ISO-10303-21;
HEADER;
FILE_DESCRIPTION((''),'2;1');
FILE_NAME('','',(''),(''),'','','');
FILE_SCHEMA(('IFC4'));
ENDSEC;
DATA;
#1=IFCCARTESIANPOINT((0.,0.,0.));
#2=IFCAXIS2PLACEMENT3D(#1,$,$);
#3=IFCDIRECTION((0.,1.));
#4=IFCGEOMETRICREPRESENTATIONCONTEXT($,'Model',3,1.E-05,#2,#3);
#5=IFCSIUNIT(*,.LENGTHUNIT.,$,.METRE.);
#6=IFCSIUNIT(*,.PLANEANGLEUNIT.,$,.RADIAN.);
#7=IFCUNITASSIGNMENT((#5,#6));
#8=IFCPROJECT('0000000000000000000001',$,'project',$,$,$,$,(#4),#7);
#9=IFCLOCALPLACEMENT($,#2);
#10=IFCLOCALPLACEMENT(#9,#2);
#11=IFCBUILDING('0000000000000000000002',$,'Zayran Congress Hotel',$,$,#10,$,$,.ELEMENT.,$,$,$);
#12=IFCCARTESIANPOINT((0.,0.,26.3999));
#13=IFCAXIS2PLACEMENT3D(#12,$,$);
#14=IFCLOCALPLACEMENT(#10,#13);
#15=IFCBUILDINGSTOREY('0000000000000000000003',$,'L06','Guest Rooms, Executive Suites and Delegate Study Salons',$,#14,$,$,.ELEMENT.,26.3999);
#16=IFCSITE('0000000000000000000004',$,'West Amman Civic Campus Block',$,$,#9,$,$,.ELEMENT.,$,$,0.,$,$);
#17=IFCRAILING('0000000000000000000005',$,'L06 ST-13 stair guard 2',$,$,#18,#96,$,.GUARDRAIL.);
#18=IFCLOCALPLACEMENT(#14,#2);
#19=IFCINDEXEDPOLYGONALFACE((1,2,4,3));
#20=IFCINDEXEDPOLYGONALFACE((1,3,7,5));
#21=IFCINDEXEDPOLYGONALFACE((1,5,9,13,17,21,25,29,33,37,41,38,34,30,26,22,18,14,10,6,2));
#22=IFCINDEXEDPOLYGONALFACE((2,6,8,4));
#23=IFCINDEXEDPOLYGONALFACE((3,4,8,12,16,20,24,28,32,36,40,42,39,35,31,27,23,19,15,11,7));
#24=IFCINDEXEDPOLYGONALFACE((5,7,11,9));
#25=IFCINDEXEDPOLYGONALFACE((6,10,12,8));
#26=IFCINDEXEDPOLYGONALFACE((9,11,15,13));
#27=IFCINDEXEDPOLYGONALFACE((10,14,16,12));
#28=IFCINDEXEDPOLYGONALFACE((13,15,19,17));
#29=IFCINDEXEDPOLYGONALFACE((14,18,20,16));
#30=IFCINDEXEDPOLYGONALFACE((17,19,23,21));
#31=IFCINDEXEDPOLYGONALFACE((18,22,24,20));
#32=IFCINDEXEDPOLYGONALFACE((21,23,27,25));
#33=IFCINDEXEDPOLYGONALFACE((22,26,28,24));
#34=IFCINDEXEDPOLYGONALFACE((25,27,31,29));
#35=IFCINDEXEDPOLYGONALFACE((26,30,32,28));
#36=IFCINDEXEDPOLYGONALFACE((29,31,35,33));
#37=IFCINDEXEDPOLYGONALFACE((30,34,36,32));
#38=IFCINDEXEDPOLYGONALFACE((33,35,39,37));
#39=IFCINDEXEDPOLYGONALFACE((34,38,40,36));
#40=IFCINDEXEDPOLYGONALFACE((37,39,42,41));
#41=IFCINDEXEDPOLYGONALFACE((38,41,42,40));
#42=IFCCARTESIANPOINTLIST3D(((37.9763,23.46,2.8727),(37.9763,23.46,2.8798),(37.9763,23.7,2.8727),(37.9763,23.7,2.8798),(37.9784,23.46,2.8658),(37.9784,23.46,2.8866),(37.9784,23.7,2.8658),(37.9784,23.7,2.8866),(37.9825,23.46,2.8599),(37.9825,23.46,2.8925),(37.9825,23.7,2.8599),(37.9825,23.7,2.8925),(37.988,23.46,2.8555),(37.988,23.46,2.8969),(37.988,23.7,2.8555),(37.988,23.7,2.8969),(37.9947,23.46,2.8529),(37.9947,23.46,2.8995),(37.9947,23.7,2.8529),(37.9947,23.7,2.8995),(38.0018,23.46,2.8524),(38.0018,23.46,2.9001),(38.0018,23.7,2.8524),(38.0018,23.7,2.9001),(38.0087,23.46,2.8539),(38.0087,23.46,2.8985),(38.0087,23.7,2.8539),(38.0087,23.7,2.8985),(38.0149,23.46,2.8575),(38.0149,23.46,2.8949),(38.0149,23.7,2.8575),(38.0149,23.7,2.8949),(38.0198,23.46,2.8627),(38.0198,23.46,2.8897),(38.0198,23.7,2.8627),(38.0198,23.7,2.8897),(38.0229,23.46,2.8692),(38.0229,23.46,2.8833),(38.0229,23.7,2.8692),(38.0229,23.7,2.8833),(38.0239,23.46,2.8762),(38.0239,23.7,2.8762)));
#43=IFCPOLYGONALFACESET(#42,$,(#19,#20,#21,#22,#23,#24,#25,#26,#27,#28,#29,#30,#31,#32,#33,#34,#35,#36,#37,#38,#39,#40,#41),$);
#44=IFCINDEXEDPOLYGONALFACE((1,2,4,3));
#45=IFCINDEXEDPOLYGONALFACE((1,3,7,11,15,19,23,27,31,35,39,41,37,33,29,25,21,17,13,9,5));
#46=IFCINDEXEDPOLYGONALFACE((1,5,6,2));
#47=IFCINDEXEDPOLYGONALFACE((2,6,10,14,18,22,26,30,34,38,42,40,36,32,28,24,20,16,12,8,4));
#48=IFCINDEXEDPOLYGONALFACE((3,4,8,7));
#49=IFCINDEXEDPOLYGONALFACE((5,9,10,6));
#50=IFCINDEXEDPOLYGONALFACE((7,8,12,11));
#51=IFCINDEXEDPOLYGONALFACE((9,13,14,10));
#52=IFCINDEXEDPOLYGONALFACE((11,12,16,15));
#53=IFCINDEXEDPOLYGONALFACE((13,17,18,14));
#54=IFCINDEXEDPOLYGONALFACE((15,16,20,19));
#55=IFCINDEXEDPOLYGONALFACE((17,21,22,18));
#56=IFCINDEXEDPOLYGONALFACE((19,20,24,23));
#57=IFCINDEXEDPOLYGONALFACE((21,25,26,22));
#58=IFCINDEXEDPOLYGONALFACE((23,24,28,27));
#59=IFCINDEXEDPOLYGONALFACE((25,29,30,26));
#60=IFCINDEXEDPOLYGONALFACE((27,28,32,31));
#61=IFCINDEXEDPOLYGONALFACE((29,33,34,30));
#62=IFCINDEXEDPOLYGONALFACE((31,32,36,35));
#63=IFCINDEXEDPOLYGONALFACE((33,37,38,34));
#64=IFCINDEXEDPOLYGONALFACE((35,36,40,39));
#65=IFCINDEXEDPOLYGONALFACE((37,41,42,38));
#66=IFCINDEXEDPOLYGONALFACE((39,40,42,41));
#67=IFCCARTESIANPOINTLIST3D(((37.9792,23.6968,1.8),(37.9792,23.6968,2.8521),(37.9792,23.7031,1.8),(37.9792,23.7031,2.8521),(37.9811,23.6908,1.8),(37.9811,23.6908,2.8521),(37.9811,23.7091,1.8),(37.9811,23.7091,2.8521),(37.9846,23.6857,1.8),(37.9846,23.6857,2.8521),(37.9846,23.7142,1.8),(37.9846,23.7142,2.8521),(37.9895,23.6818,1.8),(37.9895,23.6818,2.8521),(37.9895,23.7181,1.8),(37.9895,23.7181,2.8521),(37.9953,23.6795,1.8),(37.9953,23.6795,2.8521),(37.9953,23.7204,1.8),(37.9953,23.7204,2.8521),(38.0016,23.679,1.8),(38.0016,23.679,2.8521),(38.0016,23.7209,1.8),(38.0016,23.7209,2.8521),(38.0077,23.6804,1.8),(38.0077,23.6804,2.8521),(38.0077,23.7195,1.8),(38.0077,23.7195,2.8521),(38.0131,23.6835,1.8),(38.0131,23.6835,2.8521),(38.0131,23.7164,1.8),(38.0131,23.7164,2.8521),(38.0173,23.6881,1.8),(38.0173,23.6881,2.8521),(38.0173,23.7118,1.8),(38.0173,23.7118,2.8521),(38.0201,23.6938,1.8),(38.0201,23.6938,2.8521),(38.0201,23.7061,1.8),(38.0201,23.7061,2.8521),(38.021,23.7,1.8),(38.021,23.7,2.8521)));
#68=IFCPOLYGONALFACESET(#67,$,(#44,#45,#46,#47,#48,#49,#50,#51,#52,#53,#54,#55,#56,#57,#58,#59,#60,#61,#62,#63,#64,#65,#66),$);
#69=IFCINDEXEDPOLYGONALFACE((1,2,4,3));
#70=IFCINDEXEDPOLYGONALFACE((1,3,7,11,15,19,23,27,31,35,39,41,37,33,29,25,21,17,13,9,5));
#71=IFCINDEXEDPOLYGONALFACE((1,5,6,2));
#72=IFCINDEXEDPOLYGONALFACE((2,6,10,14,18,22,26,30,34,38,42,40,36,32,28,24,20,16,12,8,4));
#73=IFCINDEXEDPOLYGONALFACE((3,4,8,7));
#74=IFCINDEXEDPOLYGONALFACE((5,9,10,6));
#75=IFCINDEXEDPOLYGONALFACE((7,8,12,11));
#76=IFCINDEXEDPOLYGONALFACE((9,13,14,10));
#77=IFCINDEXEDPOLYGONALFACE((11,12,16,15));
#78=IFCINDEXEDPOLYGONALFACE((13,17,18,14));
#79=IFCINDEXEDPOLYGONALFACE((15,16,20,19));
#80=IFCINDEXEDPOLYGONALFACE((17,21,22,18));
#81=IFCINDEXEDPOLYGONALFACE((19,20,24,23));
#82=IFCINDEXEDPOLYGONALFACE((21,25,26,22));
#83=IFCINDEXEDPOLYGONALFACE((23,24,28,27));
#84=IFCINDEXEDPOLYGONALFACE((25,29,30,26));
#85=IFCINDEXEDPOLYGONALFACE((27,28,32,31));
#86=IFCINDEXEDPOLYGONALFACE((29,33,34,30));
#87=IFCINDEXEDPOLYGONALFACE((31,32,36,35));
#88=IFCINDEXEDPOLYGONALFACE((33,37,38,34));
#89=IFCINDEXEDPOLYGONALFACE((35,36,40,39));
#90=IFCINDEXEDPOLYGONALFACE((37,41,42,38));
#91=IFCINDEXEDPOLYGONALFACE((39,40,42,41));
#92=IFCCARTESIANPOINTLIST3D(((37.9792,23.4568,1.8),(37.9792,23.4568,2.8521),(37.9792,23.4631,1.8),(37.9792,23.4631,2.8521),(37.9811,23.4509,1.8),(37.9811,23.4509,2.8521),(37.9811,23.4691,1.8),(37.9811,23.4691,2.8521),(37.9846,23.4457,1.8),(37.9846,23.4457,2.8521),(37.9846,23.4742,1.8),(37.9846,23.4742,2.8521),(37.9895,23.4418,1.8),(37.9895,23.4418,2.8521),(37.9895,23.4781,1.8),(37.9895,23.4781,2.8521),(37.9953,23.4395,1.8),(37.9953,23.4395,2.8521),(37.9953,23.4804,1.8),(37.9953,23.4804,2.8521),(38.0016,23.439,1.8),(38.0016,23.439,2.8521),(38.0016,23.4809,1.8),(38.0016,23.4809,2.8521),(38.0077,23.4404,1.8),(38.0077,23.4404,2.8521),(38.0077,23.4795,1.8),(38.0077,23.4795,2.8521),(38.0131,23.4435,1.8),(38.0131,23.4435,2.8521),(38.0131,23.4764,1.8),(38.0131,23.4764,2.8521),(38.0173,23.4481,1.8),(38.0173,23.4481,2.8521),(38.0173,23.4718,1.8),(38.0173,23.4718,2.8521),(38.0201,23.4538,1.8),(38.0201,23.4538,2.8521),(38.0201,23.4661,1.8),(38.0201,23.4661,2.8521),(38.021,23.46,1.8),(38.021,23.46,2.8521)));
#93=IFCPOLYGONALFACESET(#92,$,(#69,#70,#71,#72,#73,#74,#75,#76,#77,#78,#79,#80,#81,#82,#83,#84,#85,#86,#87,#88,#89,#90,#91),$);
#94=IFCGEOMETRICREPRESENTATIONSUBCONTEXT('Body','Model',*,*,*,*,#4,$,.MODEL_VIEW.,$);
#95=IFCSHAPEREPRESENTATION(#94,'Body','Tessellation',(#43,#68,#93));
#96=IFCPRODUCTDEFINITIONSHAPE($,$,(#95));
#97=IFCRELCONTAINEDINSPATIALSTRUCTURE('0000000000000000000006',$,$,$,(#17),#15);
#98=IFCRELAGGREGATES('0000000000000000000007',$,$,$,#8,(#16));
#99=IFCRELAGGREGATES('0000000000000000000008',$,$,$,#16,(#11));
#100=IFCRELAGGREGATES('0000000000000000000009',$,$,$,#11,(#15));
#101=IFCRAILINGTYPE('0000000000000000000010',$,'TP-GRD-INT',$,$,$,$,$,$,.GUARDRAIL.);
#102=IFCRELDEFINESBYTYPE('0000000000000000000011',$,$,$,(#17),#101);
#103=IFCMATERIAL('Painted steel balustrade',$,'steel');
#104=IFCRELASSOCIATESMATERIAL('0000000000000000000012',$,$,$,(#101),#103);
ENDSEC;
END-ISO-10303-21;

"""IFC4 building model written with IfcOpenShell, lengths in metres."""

from ifc_helpers import new_model, si_unit, direction, frame, origin, origin_2d, place, context, subcontext, project, spatial, circle, extrude, material, type_object, element, save


model = new_model("IFC4")

# Units and contexts
model_context = context("Model", 3, precision=1e-05, world=origin(), true_north=direction((0.0, 1.0)))
body_context = subcontext(model_context, "Body", "Model", "MODEL_VIEW")
ifc_project = project(units=[si_unit("LENGTHUNIT", "METRE"), si_unit("PLANEANGLEUNIT", "RADIAN")], contexts=[model_context])

# Site, building, storey
site_placement = place(None, origin())
site = spatial("IfcSite", under=ifc_project, at=site_placement, Name="West Amman Civic Campus Block", CompositionType="ELEMENT", RefElevation=0.0)
building_placement = place(site_placement, origin())
building = spatial("IfcBuilding", under=site, at=building_placement, Name="Zayran Congress Hotel", CompositionType="ELEMENT")
storey_placement = place(building_placement, frame((0.0, 0.0, 26.3999)))
storey = spatial("IfcBuildingStorey", under=building, at=storey_placement, Name="L06", Description="Guest Rooms, Executive Suites and Delegate Study Salons", CompositionType="ELEMENT", Elevation=26.3999)

# Railing
ifc_material_1 = material(Name="Painted steel balustrade", Category="steel")
railing_type_1 = type_object("IfcRailingType", Name="TP-GRD-INT", PredefinedType="GUARDRAIL", material=ifc_material_1)
railing_1_placement = place(storey_placement, frame((38.0, 23.7, 1.8)))
element("IfcRailing", 1, at=railing_1_placement, inside=storey, type_object=railing_type_1, Name="L06 ST-13 stair guard 2", PredefinedType="GUARDRAIL", context=body_context, shape_type="SweptSolid", body=[
    extrude(circle(Radius=0.0239, at=origin_2d()), frame((0.0, 0.0, 1.0762), z_axis=(0.0, -1.0, 0.0), x_axis=(1.0, 0.0, 0.0)), (0.0, 0.0, 1.0), 0.24),
    extrude(circle(Radius=0.021, at=origin_2d()), origin(), (0.0, 0.0, 1.0), 1.052),
    extrude(circle(Radius=0.021, at=origin_2d()), frame((0.0, -0.24, 0.0)), (0.0, 0.0, 1.0), 1.052),
])

save(model, "model.ifc")
